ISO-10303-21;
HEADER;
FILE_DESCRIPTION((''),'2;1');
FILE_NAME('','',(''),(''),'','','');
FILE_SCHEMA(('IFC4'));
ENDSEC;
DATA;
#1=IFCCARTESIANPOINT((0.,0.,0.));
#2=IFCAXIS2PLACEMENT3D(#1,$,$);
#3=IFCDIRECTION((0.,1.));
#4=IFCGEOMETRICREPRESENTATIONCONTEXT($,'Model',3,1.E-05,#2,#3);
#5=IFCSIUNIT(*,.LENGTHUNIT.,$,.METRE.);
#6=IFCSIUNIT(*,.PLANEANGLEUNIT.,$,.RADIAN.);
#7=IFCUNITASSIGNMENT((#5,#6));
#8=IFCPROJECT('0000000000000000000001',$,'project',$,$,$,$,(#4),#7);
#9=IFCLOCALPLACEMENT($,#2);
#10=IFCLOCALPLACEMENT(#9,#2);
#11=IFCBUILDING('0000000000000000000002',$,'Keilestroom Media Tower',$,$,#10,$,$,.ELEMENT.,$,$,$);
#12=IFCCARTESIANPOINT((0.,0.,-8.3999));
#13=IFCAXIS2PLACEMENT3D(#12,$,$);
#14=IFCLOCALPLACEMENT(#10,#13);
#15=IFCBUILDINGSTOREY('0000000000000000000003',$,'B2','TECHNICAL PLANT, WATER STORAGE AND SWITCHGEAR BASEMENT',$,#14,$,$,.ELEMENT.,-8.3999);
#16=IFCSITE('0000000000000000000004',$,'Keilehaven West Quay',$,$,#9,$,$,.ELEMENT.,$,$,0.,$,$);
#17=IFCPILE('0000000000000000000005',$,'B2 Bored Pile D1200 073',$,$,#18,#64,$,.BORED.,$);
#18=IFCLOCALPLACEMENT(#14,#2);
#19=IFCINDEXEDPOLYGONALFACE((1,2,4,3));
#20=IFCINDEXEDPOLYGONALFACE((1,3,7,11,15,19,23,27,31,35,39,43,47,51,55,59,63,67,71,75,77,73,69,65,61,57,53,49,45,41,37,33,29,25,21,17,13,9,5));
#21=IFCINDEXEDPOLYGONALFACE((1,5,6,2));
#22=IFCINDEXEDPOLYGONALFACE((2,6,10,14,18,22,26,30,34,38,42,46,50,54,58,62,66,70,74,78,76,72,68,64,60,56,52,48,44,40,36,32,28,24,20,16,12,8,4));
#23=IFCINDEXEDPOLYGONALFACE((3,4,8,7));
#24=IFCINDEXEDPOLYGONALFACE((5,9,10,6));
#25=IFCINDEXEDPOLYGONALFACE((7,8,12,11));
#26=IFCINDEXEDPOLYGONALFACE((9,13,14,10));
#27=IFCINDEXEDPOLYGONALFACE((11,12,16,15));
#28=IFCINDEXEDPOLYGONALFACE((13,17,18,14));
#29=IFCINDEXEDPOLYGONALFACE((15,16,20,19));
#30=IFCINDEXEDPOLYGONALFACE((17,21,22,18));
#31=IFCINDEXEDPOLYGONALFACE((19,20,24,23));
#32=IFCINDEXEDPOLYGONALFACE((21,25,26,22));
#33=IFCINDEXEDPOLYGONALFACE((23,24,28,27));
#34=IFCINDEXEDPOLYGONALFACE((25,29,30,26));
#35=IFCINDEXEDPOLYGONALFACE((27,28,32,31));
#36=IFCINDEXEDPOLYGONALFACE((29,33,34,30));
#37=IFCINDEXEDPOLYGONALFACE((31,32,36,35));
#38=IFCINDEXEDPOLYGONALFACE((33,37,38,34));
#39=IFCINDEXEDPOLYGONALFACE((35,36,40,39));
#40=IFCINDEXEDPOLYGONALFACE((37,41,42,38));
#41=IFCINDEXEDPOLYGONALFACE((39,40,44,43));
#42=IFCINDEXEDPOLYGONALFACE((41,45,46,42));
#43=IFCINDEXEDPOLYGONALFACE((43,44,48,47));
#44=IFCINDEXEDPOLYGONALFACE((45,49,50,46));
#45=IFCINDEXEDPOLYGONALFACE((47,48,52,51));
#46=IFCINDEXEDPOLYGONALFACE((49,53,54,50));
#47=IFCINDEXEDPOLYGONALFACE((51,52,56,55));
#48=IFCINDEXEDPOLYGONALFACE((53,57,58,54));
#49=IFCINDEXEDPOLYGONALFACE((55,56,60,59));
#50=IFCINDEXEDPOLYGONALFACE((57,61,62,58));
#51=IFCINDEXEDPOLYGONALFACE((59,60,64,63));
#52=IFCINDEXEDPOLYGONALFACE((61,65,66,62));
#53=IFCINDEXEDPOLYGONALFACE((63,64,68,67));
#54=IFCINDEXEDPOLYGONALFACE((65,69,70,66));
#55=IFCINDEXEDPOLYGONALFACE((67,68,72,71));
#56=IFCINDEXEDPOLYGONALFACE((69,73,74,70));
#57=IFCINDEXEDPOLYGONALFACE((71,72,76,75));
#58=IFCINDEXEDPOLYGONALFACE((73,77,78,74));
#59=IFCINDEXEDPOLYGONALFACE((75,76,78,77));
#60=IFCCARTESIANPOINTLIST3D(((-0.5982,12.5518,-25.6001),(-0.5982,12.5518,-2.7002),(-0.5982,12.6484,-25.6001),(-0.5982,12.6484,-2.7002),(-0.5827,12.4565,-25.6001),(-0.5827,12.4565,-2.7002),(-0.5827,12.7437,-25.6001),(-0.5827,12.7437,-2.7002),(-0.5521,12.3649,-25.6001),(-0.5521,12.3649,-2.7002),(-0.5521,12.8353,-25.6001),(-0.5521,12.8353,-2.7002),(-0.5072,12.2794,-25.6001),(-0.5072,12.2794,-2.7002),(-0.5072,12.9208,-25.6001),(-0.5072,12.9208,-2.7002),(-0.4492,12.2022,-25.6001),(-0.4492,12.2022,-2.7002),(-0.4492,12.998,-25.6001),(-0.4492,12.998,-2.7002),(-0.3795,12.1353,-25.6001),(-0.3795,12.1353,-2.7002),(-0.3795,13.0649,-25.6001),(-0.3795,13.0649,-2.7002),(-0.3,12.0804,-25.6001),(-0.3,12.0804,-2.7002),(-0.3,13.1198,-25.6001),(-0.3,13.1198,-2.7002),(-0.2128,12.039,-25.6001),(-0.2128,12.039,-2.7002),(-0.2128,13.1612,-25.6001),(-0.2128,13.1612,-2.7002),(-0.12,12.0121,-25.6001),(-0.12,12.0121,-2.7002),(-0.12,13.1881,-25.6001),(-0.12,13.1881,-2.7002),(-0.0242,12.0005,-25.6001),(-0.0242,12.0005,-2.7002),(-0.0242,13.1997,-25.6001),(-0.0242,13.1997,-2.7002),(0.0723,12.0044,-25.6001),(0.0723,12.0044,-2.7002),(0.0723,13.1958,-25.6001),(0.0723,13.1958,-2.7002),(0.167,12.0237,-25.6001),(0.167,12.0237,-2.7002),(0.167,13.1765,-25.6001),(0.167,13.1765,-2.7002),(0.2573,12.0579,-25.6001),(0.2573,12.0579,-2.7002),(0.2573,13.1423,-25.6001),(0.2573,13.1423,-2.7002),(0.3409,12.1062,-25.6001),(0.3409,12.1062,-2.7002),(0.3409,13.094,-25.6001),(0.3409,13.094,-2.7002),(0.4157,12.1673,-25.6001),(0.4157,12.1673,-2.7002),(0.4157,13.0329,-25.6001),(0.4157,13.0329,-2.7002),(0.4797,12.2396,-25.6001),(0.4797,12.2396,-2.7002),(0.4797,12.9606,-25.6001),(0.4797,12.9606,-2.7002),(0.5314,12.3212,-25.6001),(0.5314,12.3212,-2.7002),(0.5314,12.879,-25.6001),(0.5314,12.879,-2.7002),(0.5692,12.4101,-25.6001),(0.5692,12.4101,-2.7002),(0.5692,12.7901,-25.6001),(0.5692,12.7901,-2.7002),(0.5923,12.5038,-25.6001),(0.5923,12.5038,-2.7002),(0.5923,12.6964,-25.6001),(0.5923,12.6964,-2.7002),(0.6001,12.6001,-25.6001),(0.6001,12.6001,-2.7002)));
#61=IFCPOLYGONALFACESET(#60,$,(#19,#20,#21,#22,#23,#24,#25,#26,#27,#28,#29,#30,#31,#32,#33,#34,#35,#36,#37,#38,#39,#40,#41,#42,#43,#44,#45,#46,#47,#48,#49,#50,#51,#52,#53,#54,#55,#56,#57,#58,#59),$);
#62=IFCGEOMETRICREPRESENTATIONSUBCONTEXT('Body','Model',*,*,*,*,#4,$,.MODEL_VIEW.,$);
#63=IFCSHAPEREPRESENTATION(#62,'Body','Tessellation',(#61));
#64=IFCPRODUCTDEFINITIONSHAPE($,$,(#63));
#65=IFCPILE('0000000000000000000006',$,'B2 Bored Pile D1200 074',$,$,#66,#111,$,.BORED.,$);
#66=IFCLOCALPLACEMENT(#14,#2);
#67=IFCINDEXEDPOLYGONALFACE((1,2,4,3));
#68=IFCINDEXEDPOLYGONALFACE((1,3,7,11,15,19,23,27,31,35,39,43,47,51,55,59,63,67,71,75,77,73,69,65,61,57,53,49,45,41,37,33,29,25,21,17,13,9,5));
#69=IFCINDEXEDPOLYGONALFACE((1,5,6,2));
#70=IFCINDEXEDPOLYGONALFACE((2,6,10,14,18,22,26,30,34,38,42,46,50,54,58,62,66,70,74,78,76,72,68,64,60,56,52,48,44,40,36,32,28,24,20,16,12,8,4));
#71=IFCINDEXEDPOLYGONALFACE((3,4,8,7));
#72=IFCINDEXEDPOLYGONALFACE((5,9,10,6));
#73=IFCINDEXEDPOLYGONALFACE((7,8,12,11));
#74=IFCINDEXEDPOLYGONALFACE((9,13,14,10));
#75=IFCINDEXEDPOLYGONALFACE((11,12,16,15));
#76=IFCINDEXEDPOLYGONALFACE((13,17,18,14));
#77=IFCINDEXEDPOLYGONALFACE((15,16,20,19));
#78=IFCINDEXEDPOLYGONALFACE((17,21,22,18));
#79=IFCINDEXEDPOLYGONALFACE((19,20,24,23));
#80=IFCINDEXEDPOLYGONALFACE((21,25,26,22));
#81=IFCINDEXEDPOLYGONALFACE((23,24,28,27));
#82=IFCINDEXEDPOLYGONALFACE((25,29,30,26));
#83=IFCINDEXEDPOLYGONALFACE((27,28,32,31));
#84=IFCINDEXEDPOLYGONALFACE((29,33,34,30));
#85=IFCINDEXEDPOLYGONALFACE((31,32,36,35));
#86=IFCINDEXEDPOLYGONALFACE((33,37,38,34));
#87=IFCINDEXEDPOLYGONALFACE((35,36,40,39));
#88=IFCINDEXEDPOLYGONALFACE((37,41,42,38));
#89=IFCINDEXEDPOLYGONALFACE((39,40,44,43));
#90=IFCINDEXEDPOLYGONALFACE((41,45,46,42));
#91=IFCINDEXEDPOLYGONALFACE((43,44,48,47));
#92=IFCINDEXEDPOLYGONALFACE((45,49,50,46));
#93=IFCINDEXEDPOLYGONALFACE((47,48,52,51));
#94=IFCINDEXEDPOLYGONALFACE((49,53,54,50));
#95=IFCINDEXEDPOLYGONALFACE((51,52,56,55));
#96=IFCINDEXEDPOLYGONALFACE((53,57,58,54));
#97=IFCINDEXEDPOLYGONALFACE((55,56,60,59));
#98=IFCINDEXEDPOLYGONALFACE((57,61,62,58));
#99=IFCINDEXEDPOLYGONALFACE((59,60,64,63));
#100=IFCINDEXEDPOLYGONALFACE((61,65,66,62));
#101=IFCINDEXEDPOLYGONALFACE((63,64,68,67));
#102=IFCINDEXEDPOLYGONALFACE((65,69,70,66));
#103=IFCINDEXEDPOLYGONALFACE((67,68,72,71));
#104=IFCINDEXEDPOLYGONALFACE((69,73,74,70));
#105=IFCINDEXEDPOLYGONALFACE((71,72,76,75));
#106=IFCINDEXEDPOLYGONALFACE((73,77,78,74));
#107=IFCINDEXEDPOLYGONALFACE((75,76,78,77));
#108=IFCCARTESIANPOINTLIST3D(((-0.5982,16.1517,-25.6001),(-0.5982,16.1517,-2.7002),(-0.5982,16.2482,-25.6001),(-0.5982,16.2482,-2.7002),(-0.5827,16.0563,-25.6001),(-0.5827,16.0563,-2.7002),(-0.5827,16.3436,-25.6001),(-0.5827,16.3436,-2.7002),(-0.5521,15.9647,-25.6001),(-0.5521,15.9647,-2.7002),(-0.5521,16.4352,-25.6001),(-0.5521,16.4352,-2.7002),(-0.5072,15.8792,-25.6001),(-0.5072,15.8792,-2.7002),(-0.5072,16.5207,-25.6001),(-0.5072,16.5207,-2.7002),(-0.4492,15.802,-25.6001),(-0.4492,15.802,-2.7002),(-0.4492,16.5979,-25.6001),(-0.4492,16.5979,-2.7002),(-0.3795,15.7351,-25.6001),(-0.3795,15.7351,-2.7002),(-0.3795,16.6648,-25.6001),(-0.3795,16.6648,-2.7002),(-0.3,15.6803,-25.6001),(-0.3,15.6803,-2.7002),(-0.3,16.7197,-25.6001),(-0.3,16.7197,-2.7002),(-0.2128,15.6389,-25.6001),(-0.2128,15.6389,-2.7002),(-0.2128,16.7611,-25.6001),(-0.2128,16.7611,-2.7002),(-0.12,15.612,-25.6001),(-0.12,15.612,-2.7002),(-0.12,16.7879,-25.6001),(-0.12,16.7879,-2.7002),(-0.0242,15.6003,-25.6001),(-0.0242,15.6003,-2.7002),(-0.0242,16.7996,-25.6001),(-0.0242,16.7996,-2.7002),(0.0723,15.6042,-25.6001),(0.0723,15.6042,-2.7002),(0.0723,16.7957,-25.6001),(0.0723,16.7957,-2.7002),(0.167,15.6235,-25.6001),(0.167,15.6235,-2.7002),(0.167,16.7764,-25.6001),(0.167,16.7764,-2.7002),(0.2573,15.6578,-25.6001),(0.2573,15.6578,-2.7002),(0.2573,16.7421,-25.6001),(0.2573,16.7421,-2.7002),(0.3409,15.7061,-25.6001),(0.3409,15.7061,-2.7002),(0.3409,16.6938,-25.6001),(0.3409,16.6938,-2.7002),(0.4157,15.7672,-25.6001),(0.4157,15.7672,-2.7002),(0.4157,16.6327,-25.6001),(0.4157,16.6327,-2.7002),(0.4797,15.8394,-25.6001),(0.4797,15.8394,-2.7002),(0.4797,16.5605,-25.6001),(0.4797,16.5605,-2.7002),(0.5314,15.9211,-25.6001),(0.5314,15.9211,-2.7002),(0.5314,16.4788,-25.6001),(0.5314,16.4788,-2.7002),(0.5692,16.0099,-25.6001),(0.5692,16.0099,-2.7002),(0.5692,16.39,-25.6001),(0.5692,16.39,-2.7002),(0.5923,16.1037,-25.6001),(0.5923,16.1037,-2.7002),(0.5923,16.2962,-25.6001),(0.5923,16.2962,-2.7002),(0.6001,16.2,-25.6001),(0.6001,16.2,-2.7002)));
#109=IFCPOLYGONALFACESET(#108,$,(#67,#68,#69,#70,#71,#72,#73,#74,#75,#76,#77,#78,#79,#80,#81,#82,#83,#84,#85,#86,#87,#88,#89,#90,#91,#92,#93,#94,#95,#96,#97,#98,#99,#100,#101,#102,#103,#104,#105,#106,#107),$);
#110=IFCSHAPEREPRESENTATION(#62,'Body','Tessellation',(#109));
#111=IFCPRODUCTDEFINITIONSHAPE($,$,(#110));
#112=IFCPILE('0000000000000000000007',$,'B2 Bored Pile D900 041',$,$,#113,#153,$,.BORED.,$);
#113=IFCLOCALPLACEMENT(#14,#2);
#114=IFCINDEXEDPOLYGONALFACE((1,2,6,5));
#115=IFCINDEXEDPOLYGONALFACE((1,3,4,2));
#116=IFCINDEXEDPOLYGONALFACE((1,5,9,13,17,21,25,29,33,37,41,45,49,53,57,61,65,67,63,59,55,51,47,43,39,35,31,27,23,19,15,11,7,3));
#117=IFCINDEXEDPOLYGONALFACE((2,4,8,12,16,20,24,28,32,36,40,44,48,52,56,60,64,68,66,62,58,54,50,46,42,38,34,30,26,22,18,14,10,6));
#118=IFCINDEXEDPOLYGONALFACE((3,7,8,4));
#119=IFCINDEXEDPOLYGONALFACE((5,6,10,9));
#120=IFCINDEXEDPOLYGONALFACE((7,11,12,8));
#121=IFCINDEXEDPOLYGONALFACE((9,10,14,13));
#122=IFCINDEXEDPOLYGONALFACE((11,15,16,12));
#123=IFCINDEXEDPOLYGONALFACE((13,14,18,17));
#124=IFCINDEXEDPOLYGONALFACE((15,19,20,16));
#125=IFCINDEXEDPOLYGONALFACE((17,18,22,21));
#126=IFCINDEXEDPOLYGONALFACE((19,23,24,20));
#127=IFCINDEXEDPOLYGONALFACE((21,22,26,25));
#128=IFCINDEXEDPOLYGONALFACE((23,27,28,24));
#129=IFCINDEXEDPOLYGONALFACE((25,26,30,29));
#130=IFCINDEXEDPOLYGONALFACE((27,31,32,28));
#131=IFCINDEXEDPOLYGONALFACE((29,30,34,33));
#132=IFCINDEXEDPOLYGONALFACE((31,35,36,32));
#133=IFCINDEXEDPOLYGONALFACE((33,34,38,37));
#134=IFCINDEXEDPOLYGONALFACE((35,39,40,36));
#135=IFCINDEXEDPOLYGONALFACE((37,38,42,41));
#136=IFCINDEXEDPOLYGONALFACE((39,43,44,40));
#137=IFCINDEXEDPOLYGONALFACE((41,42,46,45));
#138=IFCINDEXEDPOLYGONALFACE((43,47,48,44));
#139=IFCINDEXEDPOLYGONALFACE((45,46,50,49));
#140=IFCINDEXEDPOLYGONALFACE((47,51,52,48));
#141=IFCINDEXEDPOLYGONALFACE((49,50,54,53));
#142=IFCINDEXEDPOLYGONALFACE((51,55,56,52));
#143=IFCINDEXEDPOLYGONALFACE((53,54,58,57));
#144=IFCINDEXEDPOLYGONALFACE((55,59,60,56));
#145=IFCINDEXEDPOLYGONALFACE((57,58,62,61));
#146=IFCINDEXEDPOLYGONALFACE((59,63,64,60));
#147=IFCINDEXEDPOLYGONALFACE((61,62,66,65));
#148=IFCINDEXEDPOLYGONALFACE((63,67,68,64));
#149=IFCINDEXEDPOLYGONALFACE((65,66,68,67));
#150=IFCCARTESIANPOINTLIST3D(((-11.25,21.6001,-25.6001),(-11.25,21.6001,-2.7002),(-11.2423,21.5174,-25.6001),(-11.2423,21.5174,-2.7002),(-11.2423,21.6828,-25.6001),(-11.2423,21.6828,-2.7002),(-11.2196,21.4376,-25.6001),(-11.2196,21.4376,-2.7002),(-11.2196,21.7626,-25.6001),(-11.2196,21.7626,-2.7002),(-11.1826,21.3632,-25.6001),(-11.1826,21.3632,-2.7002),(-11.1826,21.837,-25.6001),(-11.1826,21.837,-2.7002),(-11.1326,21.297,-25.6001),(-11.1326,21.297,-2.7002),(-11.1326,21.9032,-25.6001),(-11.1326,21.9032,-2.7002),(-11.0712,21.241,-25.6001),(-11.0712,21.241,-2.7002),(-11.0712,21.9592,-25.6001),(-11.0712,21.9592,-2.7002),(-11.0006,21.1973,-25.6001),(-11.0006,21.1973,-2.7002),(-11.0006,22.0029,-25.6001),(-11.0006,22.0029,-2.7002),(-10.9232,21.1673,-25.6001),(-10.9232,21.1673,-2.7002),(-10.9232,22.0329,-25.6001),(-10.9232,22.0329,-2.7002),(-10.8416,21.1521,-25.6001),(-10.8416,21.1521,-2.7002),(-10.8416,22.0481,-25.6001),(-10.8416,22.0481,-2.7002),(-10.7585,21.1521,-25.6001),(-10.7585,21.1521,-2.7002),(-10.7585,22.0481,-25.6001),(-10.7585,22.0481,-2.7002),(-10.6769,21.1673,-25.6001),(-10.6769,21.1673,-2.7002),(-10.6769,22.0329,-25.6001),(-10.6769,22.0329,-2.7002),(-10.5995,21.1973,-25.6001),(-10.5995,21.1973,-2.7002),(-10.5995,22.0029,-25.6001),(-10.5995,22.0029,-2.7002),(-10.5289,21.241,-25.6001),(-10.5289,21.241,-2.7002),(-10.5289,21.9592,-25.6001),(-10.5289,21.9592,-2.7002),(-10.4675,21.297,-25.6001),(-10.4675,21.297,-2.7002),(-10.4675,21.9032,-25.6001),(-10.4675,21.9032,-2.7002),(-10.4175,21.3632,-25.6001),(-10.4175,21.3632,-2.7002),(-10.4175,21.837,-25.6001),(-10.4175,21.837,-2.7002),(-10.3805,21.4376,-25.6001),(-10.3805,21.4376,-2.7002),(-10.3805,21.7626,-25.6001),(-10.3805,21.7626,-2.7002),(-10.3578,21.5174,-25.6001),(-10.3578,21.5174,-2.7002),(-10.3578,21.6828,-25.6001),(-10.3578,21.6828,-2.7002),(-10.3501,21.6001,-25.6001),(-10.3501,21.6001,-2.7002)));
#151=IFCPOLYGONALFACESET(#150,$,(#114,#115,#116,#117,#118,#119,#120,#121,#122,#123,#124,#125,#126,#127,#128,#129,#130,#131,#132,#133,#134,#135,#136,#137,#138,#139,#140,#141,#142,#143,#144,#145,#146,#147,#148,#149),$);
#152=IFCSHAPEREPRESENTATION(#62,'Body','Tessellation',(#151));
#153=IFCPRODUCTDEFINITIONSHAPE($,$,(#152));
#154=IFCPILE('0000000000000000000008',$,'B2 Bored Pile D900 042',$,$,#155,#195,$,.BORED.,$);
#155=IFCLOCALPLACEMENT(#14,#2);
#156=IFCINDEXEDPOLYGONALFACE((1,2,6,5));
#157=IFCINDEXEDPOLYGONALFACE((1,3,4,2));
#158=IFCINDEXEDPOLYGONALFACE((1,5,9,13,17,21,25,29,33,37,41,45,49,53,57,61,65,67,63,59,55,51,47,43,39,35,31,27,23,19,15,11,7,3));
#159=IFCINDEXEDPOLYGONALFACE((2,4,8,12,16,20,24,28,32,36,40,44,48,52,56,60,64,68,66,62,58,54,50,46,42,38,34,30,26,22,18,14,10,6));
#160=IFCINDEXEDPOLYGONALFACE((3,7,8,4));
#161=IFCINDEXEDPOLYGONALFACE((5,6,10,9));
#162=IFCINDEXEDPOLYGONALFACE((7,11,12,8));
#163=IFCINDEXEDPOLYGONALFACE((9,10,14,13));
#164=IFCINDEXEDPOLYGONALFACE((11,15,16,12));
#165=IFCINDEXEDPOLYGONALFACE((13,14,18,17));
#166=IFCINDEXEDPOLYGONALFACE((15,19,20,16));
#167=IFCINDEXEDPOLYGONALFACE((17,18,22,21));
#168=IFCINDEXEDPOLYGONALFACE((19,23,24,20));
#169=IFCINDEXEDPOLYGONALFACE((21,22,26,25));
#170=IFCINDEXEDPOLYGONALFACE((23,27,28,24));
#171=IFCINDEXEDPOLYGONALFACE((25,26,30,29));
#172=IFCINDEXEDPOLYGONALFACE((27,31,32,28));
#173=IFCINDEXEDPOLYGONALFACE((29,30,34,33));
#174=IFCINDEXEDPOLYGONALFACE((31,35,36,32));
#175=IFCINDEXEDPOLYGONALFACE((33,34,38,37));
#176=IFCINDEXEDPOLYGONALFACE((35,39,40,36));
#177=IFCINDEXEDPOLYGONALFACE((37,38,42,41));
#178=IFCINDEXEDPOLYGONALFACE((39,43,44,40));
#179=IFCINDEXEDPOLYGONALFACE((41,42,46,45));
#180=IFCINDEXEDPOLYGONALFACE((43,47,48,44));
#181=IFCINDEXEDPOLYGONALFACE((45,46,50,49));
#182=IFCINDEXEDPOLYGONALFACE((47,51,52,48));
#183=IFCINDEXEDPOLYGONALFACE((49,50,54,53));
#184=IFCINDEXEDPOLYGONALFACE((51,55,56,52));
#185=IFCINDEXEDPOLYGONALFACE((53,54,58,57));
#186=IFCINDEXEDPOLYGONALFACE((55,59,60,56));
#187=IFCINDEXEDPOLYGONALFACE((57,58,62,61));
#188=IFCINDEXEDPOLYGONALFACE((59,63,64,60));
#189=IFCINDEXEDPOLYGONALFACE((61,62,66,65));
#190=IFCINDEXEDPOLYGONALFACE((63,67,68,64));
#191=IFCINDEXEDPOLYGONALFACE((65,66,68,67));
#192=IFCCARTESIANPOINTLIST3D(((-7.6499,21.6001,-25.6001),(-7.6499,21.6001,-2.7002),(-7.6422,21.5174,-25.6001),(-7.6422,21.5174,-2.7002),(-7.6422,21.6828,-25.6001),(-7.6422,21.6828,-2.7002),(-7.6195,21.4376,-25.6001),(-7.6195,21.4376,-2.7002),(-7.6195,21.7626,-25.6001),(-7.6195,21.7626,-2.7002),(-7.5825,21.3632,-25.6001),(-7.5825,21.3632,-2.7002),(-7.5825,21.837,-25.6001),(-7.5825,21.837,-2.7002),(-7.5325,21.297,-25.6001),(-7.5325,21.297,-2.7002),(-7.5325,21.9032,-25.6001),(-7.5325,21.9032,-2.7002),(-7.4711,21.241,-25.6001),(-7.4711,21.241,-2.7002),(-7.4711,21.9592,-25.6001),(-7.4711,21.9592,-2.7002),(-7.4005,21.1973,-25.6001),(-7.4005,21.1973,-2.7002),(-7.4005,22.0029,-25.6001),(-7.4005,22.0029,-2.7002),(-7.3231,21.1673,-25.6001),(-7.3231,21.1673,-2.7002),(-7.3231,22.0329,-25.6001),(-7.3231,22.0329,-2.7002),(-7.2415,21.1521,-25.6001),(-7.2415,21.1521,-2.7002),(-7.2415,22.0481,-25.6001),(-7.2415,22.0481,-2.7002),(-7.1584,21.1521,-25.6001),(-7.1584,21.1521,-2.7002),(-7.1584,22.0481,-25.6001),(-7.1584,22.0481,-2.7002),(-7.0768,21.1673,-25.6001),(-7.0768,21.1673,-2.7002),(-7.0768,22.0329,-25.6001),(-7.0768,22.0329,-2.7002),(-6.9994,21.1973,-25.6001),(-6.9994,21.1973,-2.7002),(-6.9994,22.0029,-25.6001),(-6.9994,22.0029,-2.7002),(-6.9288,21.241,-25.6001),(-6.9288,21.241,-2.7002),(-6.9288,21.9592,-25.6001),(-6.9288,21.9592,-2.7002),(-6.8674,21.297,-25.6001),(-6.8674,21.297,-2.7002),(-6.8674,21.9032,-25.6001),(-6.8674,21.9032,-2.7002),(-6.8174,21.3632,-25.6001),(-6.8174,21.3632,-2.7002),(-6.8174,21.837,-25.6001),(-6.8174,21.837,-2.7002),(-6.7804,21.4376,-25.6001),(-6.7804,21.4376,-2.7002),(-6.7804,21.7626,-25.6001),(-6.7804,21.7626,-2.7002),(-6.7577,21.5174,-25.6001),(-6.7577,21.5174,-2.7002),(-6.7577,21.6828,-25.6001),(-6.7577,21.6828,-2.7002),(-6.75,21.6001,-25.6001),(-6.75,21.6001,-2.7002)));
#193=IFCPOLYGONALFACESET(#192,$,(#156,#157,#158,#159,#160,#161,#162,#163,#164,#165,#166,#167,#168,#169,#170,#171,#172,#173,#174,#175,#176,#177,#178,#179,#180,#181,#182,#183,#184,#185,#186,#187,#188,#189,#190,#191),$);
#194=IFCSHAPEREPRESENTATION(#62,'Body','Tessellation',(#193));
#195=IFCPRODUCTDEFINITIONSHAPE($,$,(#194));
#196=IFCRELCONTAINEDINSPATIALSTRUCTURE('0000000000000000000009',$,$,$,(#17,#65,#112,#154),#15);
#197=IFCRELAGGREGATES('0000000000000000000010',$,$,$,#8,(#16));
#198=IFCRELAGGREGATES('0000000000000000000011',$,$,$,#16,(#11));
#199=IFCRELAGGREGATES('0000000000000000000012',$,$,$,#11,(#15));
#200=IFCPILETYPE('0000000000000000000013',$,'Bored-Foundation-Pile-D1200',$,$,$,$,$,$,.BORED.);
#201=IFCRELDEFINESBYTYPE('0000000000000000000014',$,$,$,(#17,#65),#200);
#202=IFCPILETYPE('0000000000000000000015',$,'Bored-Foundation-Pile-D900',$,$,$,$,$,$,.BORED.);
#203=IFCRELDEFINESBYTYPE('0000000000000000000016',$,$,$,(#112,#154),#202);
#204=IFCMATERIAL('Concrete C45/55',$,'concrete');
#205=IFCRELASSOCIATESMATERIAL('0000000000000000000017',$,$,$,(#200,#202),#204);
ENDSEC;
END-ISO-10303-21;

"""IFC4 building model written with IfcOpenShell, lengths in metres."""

from ifc_helpers import new_model, si_unit, direction, frame, origin, origin_2d, place, context, subcontext, project, spatial, circle, extrude, source, transform, mapped, material, material_profile, profile_set, type_object, element, save


model = new_model("IFC4")

# Units and contexts
model_context = context("Model", 3, precision=1e-05, world=origin(), true_north=direction((0.0, 1.0)))
body_context = subcontext(model_context, "Body", "Model", "MODEL_VIEW")
ifc_project = project(units=[si_unit("LENGTHUNIT", "METRE"), si_unit("PLANEANGLEUNIT", "RADIAN")], contexts=[model_context])

# Site, building, storey
site_placement = place(None, origin())
site = spatial("IfcSite", under=ifc_project, at=site_placement, Name="Keilehaven West Quay", CompositionType="ELEMENT", RefElevation=0.0)
building_placement = place(site_placement, origin())
building = spatial("IfcBuilding", under=site, at=building_placement, Name="Keilestroom Media Tower", CompositionType="ELEMENT")
storey_placement = place(building_placement, frame((0.0, 0.0, -8.3999)))
storey = spatial("IfcBuildingStorey", under=building, at=storey_placement, Name="B2", Description="TECHNICAL PLANT, WATER STORAGE AND SWITCHGEAR BASEMENT", CompositionType="ELEMENT", Elevation=-8.3999)

# Piles
ifc_material_1 = material(Name="Concrete C45/55", Category="concrete")
ifc_material_profile_1 = material_profile(ifc_material_1, circle(Radius=0.6001, at=origin_2d()), Name="BORED PILE D1200")
ifc_profile_set_1 = profile_set([ifc_material_profile_1], Name="Concrete C45/55")
pile_type_1 = type_object("IfcPileType", Name="Bored-Foundation-Pile-D1200", PredefinedType="BORED", material=ifc_profile_set_1)
shared_shape_1 = source(origin(), body_context, "Body", "SweptSolid", [
    extrude(circle(Radius=0.6001, at=origin_2d()), origin(), (0.0, 0.0, 1.0), 22.8999),
])
for number, where, z_axis, x_axis, name in (
    (1, (0.0, 12.6001, -2.7002), (0.0, 0.0, -1.0), (1.0, 0.0, 0.0), "B2 Bored Pile D1200 073"),
    (2, (0.0, 16.2, -2.7002), (0.0, 0.0, -1.0), (1.0, 0.0, 0.0), "B2 Bored Pile D1200 074"),
):
    element("IfcPile", number, at=place(storey_placement, frame(where, z_axis=z_axis, x_axis=x_axis)), inside=storey, type_object=pile_type_1, Name=name, PredefinedType="BORED", context=body_context, shape_type="MappedRepresentation", body=[
        mapped(shared_shape_1, transform((0.0, 0.0, 0.0), x_axis=(1.0, 0.0, 0.0), y_axis=(0.0, 1.0, 0.0), z_axis=(0.0, 0.0, 1.0), scale=1.0)),
    ])
ifc_material_profile_2 = material_profile(ifc_material_1, circle(Radius=0.45, at=origin_2d()), Name="BORED PILE D900")
ifc_profile_set_2 = profile_set([ifc_material_profile_2], Name="Concrete C45/55")
pile_type_2 = type_object("IfcPileType", Name="Bored-Foundation-Pile-D900", PredefinedType="BORED", material=ifc_profile_set_2)
shared_shape_2 = source(origin(), body_context, "Body", "SweptSolid", [
    extrude(circle(Radius=0.45, at=origin_2d()), origin(), (0.0, 0.0, 1.0), 22.8999),
])
for number, where, z_axis, x_axis, name in (
    (3, (-10.8, 21.6001, -2.7002), (0.0, 0.0, -1.0), (1.0, 0.0, 0.0), "B2 Bored Pile D900 041"),
    (4, (-7.2, 21.6001, -2.7002), (0.0, 0.0, -1.0), (1.0, 0.0, 0.0), "B2 Bored Pile D900 042"),
):
    element("IfcPile", number, at=place(storey_placement, frame(where, z_axis=z_axis, x_axis=x_axis)), inside=storey, type_object=pile_type_2, Name=name, PredefinedType="BORED", context=body_context, shape_type="MappedRepresentation", body=[
        mapped(shared_shape_2, transform((0.0, 0.0, 0.0), x_axis=(1.0, 0.0, 0.0), y_axis=(0.0, 1.0, 0.0), z_axis=(0.0, 0.0, 1.0), scale=1.0)),
    ])

save(model, "model.ifc")
